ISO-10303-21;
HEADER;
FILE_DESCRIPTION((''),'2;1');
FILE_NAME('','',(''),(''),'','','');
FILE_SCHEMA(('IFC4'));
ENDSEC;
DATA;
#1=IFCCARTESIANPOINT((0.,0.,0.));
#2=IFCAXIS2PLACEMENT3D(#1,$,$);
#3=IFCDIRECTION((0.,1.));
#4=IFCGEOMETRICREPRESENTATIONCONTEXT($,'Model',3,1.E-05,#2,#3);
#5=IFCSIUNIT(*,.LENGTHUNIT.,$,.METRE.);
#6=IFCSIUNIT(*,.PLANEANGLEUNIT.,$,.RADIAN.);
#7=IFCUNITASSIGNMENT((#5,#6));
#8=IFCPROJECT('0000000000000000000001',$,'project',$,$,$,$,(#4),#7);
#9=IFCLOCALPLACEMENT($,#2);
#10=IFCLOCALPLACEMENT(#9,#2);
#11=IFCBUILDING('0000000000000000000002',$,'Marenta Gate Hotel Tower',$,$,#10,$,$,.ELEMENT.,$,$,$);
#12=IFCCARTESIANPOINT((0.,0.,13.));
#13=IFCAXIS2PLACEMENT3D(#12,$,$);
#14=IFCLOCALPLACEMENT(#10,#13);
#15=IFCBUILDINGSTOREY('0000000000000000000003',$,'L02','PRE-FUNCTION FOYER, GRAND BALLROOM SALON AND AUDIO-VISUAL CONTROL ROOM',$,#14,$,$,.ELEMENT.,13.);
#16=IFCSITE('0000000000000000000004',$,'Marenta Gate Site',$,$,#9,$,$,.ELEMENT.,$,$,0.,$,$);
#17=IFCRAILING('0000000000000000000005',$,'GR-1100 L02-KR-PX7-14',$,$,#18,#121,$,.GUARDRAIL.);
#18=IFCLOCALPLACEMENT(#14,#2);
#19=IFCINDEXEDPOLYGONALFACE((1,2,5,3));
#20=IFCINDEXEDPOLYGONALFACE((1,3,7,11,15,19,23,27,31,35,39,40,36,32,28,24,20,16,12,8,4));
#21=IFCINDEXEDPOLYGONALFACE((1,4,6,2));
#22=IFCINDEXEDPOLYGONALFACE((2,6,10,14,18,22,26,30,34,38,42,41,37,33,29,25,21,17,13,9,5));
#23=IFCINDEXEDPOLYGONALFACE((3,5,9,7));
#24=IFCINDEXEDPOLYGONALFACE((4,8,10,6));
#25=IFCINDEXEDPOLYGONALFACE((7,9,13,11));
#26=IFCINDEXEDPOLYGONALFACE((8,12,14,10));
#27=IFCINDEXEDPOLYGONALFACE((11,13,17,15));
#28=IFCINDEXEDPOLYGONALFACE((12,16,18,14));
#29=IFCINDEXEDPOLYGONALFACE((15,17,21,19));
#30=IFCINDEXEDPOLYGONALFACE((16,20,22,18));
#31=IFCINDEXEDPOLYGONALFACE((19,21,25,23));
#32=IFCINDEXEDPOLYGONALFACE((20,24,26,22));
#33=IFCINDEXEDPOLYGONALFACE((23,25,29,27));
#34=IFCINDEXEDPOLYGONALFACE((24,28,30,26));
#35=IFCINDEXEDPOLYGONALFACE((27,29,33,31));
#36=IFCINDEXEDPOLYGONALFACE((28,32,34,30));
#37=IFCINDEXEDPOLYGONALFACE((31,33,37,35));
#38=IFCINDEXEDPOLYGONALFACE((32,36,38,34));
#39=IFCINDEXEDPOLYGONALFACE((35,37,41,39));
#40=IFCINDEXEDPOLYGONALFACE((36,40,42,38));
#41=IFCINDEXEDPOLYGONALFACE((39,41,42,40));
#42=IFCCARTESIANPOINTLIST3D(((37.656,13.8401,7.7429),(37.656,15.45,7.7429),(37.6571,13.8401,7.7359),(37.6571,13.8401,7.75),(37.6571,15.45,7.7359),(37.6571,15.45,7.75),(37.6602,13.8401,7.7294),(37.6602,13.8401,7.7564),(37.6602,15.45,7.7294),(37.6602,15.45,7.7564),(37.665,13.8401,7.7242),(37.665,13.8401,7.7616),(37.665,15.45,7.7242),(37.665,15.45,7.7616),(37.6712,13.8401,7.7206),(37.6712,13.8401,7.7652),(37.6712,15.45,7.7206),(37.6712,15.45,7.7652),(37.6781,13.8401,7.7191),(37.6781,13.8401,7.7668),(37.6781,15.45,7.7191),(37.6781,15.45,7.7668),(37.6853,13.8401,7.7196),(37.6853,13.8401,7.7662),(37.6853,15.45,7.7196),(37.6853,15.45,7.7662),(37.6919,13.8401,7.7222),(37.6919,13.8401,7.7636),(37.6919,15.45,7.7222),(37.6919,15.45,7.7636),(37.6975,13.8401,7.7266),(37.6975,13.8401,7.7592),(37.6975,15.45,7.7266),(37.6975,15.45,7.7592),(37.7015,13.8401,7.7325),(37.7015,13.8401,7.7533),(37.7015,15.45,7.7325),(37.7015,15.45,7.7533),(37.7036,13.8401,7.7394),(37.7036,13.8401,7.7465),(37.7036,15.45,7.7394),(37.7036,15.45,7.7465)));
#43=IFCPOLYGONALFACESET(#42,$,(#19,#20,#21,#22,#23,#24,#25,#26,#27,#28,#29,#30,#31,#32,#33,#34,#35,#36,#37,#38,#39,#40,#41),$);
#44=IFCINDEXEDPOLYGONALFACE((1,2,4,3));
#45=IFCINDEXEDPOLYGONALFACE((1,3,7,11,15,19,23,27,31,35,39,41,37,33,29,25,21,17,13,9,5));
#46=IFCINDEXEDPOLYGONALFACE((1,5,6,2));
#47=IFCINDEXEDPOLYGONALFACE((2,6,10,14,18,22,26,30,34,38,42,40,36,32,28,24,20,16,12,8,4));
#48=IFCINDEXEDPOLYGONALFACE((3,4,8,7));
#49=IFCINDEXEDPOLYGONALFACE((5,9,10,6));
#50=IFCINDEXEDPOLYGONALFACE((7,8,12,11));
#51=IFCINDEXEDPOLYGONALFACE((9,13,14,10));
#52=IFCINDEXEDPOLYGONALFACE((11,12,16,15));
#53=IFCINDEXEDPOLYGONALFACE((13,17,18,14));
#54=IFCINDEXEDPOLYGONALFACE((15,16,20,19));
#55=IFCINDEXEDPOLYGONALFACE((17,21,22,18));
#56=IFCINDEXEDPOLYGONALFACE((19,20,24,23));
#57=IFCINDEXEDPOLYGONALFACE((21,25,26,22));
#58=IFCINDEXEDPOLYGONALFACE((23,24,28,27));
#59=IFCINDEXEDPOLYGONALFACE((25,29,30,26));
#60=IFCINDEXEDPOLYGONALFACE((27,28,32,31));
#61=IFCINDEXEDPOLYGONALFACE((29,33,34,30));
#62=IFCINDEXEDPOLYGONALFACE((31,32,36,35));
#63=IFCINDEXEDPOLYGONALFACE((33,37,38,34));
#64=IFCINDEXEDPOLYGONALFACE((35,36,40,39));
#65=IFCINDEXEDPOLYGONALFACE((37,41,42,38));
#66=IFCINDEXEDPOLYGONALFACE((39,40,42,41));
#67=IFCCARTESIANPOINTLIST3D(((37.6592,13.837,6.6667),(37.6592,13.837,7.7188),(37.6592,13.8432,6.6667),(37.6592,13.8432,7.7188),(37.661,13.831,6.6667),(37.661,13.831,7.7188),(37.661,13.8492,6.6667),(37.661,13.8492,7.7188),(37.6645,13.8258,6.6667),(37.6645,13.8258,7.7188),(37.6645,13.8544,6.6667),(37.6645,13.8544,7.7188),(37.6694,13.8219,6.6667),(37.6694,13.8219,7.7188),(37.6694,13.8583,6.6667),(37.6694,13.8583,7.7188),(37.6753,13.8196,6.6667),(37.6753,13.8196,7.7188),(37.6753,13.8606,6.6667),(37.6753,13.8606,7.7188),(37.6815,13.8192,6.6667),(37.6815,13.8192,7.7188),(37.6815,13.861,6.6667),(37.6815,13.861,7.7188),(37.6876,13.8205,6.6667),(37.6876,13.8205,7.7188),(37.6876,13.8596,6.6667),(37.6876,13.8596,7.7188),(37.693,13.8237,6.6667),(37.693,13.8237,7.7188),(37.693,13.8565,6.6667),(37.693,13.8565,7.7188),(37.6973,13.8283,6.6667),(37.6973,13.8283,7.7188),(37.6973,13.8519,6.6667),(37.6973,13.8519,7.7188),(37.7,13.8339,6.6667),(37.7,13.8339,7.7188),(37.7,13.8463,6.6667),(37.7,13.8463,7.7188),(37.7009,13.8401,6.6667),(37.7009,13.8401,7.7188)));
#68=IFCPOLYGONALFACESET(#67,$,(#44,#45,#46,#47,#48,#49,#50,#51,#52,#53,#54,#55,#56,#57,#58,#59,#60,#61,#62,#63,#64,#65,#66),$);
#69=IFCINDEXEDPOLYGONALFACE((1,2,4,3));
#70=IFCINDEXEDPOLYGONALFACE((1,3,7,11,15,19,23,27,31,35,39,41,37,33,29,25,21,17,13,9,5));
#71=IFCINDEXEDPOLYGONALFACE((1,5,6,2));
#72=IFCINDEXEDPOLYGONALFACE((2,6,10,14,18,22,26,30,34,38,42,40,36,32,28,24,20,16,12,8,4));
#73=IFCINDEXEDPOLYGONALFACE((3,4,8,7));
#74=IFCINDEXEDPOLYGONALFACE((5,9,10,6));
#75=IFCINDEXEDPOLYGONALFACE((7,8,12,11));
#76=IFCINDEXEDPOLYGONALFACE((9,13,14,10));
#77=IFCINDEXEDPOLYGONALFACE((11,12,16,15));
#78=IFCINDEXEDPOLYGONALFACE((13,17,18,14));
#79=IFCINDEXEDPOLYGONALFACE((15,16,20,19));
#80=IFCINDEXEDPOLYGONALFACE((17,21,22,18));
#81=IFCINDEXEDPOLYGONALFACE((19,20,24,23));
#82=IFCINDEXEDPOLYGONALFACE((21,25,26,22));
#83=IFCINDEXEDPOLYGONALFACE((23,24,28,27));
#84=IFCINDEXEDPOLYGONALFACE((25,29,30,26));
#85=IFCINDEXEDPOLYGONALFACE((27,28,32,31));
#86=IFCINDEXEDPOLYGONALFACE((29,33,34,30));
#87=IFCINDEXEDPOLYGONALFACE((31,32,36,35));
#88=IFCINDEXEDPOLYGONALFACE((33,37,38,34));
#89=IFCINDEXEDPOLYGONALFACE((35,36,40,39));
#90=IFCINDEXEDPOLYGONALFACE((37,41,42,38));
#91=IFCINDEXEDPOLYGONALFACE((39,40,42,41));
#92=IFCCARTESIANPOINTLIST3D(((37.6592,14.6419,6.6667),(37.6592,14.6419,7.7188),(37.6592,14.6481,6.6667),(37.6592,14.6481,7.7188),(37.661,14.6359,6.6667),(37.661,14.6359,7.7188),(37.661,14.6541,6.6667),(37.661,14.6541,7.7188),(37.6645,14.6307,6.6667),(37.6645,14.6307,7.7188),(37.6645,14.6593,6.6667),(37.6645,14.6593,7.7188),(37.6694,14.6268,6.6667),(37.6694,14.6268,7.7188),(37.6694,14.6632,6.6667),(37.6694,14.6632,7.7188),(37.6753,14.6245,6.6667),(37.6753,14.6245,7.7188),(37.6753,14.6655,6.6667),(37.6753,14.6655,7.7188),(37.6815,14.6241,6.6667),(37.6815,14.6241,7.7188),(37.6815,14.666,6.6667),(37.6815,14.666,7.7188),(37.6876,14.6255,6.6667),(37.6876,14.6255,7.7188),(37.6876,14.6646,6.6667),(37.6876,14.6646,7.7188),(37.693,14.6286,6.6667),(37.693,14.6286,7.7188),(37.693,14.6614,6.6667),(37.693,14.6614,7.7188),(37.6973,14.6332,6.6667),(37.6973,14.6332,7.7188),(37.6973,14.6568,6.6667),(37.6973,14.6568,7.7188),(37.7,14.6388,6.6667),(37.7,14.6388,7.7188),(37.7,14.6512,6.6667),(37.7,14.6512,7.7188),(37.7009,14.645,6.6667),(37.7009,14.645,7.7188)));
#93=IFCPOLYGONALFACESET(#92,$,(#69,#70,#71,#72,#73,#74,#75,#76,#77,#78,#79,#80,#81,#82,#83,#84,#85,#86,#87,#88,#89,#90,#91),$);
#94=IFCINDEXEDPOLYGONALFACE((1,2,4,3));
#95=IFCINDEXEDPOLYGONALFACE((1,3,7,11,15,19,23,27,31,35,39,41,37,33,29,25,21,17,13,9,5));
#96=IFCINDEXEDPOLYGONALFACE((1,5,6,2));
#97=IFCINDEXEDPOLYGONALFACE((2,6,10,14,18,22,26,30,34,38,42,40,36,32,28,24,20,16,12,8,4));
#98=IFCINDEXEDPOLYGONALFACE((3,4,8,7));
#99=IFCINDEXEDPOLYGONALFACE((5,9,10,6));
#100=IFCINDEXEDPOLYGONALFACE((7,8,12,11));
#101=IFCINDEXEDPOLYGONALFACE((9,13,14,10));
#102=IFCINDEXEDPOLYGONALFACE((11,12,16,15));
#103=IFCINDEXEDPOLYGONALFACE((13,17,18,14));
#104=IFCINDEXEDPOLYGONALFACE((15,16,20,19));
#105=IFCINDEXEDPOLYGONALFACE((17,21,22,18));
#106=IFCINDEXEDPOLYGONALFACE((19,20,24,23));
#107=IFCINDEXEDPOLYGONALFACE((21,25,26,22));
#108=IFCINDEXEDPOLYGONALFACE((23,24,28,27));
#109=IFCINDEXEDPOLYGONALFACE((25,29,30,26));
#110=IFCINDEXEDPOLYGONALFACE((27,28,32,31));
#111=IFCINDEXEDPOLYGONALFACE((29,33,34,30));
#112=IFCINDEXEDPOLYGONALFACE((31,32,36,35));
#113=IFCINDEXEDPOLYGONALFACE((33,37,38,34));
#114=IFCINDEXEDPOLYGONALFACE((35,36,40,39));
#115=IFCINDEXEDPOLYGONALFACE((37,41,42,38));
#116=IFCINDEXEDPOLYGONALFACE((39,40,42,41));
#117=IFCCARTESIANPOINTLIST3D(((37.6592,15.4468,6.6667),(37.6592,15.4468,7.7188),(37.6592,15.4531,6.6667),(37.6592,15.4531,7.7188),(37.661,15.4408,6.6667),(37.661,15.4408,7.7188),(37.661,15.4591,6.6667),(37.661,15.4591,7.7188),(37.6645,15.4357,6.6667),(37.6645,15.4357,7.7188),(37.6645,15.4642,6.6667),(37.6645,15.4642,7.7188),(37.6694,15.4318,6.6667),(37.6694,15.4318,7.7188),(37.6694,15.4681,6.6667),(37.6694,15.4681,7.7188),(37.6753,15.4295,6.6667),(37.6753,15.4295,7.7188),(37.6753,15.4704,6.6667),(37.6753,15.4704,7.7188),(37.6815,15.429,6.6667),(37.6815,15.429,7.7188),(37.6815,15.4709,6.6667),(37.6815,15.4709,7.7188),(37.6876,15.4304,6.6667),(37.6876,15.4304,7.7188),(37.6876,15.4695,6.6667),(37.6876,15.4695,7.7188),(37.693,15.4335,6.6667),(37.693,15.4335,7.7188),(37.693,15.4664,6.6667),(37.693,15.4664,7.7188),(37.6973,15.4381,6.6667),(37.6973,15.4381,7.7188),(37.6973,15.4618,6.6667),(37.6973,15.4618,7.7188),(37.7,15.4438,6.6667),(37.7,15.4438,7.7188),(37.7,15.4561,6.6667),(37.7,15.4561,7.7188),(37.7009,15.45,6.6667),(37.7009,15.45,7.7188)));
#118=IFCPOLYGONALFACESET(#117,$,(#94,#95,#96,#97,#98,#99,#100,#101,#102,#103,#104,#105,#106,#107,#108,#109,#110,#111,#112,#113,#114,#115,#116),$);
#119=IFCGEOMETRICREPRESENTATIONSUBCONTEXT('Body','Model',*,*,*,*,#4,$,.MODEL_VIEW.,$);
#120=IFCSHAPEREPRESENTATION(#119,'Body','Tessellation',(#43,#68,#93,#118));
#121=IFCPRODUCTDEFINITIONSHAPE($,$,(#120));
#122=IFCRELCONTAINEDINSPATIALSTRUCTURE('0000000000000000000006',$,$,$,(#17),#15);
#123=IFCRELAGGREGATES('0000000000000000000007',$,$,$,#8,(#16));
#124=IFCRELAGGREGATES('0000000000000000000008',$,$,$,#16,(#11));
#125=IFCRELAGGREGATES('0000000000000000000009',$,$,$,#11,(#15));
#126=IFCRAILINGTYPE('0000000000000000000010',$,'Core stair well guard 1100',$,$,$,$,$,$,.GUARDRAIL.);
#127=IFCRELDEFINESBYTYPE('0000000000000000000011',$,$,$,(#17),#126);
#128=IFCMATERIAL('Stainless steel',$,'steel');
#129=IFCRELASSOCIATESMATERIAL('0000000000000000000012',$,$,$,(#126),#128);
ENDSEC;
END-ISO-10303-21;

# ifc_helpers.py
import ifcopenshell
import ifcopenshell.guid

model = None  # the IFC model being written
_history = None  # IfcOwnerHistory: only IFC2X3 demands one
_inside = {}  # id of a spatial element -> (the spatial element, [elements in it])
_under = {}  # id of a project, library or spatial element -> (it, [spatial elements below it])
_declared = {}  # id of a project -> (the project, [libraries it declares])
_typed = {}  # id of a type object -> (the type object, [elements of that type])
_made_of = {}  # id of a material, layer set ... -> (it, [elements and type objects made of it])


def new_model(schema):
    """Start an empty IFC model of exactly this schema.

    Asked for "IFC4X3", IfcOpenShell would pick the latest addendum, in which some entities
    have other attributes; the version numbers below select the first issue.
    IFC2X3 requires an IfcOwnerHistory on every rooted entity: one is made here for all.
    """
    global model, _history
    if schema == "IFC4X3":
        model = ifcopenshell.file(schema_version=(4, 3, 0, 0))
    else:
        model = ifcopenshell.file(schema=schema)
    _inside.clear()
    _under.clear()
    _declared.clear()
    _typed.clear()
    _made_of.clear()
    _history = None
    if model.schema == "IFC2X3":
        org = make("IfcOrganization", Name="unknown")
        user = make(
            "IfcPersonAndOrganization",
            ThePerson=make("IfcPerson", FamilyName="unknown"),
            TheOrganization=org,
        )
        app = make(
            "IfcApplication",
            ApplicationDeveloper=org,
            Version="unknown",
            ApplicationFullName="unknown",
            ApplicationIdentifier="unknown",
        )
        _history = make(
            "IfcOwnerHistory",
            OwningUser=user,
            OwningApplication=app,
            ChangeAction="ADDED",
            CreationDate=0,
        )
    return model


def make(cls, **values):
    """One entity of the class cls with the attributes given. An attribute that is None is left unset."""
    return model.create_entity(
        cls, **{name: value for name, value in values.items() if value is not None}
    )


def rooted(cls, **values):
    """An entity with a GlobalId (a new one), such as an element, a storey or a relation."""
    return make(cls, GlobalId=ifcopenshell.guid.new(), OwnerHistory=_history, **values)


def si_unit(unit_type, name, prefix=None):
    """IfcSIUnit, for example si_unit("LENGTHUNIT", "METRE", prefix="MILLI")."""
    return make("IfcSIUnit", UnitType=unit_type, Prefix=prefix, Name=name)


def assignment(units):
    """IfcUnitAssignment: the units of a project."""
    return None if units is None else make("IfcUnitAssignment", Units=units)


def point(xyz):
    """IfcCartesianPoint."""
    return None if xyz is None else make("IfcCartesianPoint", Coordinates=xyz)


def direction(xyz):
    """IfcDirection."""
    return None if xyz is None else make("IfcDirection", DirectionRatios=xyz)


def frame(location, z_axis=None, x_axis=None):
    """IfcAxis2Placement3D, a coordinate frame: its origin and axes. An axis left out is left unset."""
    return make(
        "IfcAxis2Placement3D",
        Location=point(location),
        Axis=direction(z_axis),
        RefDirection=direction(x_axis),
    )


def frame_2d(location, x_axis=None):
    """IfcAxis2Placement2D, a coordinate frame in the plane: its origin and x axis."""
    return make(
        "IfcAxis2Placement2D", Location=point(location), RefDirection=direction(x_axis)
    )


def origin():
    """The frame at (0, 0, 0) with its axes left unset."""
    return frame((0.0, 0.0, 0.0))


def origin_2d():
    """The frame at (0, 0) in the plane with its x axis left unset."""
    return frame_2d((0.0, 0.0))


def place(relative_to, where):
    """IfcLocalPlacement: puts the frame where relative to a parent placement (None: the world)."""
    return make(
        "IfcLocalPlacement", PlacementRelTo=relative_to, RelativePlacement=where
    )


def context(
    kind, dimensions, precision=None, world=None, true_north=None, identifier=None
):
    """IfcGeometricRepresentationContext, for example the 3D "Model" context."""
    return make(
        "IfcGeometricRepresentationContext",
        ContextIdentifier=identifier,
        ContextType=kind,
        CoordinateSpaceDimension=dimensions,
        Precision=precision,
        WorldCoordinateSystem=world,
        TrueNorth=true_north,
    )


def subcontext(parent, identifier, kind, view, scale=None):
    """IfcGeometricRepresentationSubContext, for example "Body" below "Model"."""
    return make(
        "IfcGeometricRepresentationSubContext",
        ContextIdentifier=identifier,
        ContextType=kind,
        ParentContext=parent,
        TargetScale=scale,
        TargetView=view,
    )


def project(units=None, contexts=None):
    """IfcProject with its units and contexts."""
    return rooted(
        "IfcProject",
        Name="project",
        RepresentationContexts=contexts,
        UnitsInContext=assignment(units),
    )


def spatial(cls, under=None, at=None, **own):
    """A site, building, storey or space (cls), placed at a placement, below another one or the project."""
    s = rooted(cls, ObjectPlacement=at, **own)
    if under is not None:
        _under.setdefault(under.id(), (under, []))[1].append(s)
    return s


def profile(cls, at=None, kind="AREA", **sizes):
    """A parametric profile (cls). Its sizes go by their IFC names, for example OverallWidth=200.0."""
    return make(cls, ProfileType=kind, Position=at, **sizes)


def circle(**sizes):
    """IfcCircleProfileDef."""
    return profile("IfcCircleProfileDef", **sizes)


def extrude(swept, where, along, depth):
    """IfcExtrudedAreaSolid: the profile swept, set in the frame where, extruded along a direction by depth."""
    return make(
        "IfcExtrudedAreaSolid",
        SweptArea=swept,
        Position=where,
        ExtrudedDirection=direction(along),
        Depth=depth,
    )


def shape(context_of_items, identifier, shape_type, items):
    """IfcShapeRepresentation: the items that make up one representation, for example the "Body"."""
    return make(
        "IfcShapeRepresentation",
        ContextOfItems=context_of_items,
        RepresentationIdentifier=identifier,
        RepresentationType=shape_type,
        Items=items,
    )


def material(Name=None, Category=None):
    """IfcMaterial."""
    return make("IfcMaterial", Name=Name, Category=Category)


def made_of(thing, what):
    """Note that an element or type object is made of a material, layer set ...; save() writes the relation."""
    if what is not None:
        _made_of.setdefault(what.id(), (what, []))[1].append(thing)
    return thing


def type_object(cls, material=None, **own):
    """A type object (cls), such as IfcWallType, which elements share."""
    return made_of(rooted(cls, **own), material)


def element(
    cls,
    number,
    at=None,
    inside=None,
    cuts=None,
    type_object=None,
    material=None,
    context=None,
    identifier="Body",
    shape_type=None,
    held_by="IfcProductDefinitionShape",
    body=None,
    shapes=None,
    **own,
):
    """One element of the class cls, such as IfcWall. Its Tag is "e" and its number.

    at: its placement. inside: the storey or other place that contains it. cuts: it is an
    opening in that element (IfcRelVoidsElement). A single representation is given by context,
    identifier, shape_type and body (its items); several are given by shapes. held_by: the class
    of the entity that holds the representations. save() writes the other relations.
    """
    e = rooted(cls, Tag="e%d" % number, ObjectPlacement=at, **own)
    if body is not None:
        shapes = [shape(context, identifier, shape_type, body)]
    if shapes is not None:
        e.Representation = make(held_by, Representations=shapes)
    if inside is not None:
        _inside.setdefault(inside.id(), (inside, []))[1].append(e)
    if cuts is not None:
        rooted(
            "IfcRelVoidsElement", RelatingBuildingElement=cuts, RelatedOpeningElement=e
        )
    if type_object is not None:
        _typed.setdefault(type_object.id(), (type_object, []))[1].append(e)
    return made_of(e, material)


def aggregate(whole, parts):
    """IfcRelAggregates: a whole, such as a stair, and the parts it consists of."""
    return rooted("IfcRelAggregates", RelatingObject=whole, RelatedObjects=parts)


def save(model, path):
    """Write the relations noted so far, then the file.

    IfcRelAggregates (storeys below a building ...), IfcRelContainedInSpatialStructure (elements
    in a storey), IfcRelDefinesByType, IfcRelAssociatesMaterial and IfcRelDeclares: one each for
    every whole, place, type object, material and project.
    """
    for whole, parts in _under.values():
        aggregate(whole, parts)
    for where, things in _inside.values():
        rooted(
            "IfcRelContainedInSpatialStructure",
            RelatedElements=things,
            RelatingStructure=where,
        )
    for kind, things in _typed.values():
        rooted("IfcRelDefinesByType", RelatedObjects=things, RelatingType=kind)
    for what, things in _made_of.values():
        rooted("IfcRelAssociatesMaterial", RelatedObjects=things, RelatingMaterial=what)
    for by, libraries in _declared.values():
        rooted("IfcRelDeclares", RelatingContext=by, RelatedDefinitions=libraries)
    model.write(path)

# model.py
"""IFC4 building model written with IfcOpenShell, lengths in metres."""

from ifc_helpers import new_model, si_unit, direction, frame, origin, origin_2d, place, context, subcontext, project, spatial, circle, extrude, material, type_object, element, save


model = new_model("IFC4")

# Units and contexts
model_context = context("Model", 3, precision=1e-05, world=origin(), true_north=direction((0.0, 1.0)))
body_context = subcontext(model_context, "Body", "Model", "MODEL_VIEW")
ifc_project = project(units=[si_unit("LENGTHUNIT", "METRE"), si_unit("PLANEANGLEUNIT", "RADIAN")], contexts=[model_context])

# Site, building, storey
site_placement = place(None, origin())
site = spatial("IfcSite", under=ifc_project, at=site_placement, Name="Marenta Gate Site", CompositionType="ELEMENT", RefElevation=0.0)
building_placement = place(site_placement, origin())
building = spatial("IfcBuilding", under=site, at=building_placement, Name="Marenta Gate Hotel Tower", CompositionType="ELEMENT")
storey_placement = place(building_placement, frame((0.0, 0.0, 13.0)))
storey = spatial("IfcBuildingStorey", under=building, at=storey_placement, Name="L02", Description="PRE-FUNCTION FOYER, GRAND BALLROOM SALON AND AUDIO-VISUAL CONTROL ROOM", CompositionType="ELEMENT", Elevation=13.0)

# Railing
ifc_material_1 = material(Name="Stainless steel", Category="steel")
railing_type_1 = type_object("IfcRailingType", Name="Core stair well guard 1100", PredefinedType="GUARDRAIL", material=ifc_material_1)
railing_1_placement = place(storey_placement, frame((37.6799, 13.8401, 6.6667)))
element("IfcRailing", 1, at=railing_1_placement, inside=storey, type_object=railing_type_1, Name="GR-1100 L02-KR-PX7-14", PredefinedType="GUARDRAIL", context=body_context, shape_type="SweptSolid", body=[
    extrude(circle(Radius=0.0239, at=origin_2d()), frame((0.0, 0.0, 1.0762), z_axis=(0.0, 1.0, 0.0), x_axis=(-1.0, 0.0, 0.0)), (0.0, 0.0, 1.0), 1.6099),
    extrude(circle(Radius=0.021, at=origin_2d()), origin(), (0.0, 0.0, 1.0), 1.052),
    extrude(circle(Radius=0.021, at=origin_2d()), frame((0.0, 0.8049, 0.0)), (0.0, 0.0, 1.0), 1.052),
    extrude(circle(Radius=0.021, at=origin_2d()), frame((0.0, 1.6099, 0.0)), (0.0, 0.0, 1.0), 1.052),
])

save(model, "model.ifc")
